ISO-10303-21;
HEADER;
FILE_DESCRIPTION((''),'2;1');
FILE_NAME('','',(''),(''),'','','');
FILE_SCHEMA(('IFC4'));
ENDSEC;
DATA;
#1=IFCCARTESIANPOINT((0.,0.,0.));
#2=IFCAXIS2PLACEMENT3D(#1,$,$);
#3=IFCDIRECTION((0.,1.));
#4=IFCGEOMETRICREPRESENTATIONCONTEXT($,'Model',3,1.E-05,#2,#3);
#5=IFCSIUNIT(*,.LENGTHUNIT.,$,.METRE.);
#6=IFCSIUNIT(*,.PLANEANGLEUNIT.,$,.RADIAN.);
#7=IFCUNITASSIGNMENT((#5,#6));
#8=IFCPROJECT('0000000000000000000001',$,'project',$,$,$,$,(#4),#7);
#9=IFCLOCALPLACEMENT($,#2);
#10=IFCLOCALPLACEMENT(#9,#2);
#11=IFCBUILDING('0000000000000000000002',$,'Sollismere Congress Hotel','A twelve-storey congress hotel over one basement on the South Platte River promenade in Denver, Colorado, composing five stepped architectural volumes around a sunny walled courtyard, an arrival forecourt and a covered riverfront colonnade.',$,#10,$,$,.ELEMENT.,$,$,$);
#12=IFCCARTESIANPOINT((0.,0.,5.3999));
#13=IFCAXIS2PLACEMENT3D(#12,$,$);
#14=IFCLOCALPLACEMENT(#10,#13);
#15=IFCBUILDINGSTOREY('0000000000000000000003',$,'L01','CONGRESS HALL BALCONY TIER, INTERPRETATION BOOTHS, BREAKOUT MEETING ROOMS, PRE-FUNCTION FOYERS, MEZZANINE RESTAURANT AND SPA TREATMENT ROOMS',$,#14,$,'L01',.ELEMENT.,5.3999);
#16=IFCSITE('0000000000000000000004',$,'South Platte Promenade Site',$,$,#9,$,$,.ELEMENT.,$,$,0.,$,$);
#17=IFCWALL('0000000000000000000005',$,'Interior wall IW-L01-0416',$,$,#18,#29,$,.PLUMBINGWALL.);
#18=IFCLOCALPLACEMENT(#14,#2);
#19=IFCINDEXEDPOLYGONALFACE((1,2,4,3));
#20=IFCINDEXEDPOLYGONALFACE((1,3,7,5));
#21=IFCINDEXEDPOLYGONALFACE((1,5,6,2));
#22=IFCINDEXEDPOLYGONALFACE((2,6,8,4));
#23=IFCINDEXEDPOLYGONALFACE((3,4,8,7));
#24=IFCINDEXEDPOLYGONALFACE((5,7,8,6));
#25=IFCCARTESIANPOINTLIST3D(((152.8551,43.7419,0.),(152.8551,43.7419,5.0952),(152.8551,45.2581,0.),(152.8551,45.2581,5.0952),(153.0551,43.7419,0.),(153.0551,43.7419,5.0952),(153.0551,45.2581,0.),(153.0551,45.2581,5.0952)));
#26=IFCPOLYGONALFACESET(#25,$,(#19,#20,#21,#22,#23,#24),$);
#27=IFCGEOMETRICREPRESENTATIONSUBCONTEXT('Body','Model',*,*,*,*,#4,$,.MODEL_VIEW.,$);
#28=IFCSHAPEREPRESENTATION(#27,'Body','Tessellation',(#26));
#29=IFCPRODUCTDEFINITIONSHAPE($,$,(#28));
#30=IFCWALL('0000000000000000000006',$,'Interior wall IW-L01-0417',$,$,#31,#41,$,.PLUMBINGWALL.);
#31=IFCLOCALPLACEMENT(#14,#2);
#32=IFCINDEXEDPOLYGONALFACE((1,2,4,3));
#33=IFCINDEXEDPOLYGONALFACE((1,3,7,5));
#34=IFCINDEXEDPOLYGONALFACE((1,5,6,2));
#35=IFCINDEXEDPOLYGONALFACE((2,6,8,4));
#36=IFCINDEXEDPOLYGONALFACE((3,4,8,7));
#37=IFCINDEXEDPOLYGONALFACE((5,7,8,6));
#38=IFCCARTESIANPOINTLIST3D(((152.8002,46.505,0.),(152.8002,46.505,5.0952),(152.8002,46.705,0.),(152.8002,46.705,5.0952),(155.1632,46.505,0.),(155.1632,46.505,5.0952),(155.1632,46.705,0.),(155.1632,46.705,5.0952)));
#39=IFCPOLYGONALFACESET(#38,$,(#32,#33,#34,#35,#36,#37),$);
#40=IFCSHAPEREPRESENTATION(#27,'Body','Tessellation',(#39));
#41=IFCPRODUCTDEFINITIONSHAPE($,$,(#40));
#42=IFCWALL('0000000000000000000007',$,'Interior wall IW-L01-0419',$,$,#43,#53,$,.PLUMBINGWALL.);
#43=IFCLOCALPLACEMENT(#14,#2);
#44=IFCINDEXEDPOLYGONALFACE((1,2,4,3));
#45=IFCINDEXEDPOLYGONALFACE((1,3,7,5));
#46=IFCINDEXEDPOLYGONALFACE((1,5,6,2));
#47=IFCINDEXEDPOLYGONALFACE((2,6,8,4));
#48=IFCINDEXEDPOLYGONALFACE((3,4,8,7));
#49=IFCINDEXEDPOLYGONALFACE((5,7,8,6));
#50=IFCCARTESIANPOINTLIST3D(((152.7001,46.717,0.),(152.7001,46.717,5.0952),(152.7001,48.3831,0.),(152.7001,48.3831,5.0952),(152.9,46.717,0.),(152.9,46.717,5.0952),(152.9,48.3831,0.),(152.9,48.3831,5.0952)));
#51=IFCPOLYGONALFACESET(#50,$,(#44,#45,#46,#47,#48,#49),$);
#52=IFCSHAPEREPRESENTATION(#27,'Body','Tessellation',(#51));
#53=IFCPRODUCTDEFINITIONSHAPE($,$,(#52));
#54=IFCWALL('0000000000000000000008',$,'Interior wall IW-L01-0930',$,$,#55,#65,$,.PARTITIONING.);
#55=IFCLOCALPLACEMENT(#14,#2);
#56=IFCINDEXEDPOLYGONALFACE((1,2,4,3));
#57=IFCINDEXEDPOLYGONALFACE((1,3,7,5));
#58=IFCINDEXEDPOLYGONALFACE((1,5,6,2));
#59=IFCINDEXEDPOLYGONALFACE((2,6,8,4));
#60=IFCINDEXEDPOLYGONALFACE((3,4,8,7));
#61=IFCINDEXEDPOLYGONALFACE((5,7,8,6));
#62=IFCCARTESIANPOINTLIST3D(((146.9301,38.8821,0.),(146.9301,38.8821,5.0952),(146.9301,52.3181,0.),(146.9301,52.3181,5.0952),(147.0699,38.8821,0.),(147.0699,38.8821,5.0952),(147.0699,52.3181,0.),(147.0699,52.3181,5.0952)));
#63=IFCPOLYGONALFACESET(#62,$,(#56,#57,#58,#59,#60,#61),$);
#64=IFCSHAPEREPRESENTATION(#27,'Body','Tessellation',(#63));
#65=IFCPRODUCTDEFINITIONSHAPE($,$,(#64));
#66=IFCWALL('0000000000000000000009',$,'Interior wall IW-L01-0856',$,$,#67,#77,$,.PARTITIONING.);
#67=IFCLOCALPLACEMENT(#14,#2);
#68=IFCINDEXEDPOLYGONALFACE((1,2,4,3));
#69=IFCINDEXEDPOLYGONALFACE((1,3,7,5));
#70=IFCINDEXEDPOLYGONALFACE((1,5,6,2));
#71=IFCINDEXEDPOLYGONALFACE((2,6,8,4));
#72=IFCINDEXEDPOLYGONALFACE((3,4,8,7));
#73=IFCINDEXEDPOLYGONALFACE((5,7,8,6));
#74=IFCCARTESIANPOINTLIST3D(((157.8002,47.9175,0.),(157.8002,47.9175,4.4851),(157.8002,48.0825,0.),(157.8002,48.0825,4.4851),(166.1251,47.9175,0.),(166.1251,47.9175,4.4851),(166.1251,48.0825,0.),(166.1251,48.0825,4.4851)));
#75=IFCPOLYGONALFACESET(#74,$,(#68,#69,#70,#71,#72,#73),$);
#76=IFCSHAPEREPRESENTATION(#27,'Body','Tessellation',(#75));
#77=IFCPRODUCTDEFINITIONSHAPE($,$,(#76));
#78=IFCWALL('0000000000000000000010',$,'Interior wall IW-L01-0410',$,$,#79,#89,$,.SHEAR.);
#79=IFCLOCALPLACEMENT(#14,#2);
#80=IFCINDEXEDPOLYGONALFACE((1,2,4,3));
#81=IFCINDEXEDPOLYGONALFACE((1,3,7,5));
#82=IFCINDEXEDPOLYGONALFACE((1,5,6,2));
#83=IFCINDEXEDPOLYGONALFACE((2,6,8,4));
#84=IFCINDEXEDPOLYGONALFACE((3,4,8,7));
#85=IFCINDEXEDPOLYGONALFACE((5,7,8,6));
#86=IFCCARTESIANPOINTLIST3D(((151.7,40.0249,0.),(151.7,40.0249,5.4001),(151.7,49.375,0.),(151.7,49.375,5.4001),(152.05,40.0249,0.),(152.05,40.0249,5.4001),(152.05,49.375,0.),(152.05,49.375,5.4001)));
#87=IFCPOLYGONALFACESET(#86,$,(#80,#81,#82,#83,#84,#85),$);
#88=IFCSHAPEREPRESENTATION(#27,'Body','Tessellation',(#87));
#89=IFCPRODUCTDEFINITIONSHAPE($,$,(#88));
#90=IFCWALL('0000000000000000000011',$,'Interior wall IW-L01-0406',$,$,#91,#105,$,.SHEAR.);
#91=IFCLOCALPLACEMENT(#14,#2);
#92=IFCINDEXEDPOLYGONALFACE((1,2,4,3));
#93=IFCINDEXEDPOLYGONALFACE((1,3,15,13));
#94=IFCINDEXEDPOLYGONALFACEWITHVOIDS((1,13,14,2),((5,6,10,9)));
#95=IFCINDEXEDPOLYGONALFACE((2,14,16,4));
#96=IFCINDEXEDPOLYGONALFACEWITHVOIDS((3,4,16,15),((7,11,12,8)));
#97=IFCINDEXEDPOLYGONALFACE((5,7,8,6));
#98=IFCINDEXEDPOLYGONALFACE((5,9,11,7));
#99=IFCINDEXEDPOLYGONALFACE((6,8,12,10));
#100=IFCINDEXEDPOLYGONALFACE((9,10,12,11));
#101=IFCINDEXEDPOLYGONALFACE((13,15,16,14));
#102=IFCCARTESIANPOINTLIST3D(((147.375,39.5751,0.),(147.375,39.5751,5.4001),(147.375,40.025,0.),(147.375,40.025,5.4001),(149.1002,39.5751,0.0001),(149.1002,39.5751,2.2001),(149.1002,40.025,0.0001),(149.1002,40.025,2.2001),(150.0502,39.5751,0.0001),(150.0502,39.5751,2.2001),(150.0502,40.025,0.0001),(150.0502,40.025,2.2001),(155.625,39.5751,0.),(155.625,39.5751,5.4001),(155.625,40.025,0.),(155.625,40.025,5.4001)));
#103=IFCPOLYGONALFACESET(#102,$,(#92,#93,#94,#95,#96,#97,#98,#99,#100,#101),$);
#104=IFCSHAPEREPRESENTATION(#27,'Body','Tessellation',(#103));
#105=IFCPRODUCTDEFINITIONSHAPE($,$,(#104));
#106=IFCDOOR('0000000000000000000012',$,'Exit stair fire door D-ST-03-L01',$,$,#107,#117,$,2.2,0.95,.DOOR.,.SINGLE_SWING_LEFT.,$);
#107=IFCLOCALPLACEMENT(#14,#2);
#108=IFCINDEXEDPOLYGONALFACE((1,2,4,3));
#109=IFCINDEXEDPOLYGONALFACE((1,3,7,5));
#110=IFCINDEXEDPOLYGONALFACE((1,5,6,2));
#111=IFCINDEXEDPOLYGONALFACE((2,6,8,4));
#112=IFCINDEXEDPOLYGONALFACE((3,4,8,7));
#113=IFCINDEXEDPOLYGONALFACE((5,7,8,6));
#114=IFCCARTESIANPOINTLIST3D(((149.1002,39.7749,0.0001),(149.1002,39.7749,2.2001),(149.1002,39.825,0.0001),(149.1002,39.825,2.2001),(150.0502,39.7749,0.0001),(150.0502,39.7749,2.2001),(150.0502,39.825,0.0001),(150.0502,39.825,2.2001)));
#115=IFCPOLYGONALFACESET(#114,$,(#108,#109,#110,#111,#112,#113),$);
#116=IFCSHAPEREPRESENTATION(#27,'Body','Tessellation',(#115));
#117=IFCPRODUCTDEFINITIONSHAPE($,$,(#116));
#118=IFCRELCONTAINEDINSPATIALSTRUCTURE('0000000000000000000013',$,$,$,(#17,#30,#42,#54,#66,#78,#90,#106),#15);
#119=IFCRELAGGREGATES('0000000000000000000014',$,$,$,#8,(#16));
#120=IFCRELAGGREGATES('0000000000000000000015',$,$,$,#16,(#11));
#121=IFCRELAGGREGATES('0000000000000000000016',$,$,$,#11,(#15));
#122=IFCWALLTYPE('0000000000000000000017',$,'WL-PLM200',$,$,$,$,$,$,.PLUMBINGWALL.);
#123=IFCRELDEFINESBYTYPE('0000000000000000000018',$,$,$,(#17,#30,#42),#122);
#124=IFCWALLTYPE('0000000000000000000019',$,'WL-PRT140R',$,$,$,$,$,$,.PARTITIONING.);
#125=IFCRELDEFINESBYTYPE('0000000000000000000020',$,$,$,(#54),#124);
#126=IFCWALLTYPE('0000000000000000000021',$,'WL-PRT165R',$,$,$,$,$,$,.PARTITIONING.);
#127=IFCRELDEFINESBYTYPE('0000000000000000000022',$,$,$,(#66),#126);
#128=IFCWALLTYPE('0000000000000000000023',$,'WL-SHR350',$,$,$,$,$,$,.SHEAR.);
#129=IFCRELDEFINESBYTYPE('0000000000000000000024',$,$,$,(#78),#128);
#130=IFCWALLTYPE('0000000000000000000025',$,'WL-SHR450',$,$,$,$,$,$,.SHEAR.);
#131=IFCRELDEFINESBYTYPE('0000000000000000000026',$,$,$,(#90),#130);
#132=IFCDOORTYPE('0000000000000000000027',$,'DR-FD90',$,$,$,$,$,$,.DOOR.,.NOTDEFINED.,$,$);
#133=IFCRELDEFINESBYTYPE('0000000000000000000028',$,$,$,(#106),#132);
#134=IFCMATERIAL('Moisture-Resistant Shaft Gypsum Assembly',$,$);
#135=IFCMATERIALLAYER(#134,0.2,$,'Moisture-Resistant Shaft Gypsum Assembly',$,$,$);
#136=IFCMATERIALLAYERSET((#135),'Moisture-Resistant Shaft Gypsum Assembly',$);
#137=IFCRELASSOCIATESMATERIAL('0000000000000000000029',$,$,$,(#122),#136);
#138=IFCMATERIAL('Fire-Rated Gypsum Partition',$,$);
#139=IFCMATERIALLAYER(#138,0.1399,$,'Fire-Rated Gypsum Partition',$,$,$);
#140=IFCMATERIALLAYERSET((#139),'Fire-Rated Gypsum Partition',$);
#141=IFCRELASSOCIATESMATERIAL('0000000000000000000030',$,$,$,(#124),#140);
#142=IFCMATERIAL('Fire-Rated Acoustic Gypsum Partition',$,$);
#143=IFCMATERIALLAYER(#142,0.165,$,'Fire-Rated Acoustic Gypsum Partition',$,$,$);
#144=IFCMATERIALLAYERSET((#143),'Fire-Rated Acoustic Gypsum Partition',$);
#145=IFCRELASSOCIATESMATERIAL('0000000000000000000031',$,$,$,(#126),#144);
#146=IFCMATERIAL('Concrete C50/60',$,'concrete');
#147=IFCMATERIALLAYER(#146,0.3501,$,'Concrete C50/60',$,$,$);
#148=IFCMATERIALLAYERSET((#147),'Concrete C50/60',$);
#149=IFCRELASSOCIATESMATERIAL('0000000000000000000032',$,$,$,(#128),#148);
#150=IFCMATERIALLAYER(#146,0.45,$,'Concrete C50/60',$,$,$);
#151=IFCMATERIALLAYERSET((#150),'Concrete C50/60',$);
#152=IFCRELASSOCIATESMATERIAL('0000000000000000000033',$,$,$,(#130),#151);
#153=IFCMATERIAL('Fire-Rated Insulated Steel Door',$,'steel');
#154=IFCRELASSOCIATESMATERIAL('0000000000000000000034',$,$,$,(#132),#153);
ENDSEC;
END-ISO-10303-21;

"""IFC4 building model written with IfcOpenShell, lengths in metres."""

from ifc_helpers import new_model, si_unit, direction, frame, frame_2d, origin, place, context, subcontext, project, spatial, rectangle, extrude, material, layer, layer_set, type_object, element, fill, save


model = new_model("IFC4")

# Units and contexts
model_context = context("Model", 3, precision=1e-05, world=origin(), true_north=direction((0.0, 1.0)))
body_context = subcontext(model_context, "Body", "Model", "MODEL_VIEW")
ifc_project = project(units=[si_unit("LENGTHUNIT", "METRE"), si_unit("PLANEANGLEUNIT", "RADIAN")], contexts=[model_context])

# Site, building, storey
site_placement = place(None, origin())
site = spatial("IfcSite", under=ifc_project, at=site_placement, Name="South Platte Promenade Site", CompositionType="ELEMENT", RefElevation=0.0)
building_placement = place(site_placement, origin())
building = spatial("IfcBuilding", under=site, at=building_placement, Name="Sollismere Congress Hotel", Description="A twelve-storey congress hotel over one basement on the South Platte River promenade in Denver, Colorado, composing five stepped architectural volumes around a sunny walled courtyard, an arrival forecourt and a covered riverfront colonnade.", CompositionType="ELEMENT")
storey_placement = place(building_placement, frame((0.0, 0.0, 5.3999)))
storey = spatial("IfcBuildingStorey", under=building, at=storey_placement, Name="L01", Description="CONGRESS HALL BALCONY TIER, INTERPRETATION BOOTHS, BREAKOUT MEETING ROOMS, PRE-FUNCTION FOYERS, MEZZANINE RESTAURANT AND SPA TREATMENT ROOMS", LongName="L01", CompositionType="ELEMENT", Elevation=5.3999)

# Walls
ifc_material_1 = material(Name="Moisture-Resistant Shaft Gypsum Assembly")
ifc_layer_1 = layer(ifc_material_1, 0.2, Name="Moisture-Resistant Shaft Gypsum Assembly")
ifc_layer_set_1 = layer_set([ifc_layer_1], Name="Moisture-Resistant Shaft Gypsum Assembly")
wall_type_1 = type_object("IfcWallType", Name="WL-PLM200", PredefinedType="PLUMBINGWALL", material=ifc_layer_set_1)
wall_1_placement = place(storey_placement, frame((152.9551, 43.7419, 0.0), z_axis=(0.0, 0.0, 1.0), x_axis=(0.0, 1.0, 0.0)))
element("IfcWall", 1, at=wall_1_placement, inside=storey, type_object=wall_type_1, Name="Interior wall IW-L01-0416", PredefinedType="PLUMBINGWALL", context=body_context, shape_type="SweptSolid", body=[
    extrude(rectangle(XDim=1.5161, YDim=0.2, at=frame_2d((0.7581, 0.0))), origin(), (0.0, 0.0, 1.0), 5.0952),
])
wall_2_placement = place(storey_placement, frame((152.8, 46.605, 0.0), z_axis=(0.0, 0.0, 1.0), x_axis=(1.0, 0.0, 0.0)))
element("IfcWall", 2, at=wall_2_placement, inside=storey, type_object=wall_type_1, Name="Interior wall IW-L01-0417", PredefinedType="PLUMBINGWALL", context=body_context, shape_type="SweptSolid", body=[
    extrude(rectangle(XDim=2.363, YDim=0.2, at=frame_2d((1.1816, 0.0))), origin(), (0.0, 0.0, 1.0), 5.0952),
])
wall_3_placement = place(storey_placement, frame((152.8, 46.717, 0.0), z_axis=(0.0, 0.0, 1.0), x_axis=(0.0, 1.0, 0.0)))
element("IfcWall", 3, at=wall_3_placement, inside=storey, type_object=wall_type_1, Name="Interior wall IW-L01-0419", PredefinedType="PLUMBINGWALL", context=body_context, shape_type="SweptSolid", body=[
    extrude(rectangle(XDim=1.666, YDim=0.2, at=frame_2d((0.833, 0.0))), origin(), (0.0, 0.0, 1.0), 5.0952),
])
ifc_material_2 = material(Name="Fire-Rated Gypsum Partition")
ifc_layer_2 = layer(ifc_material_2, 0.1399, Name="Fire-Rated Gypsum Partition")
ifc_layer_set_2 = layer_set([ifc_layer_2], Name="Fire-Rated Gypsum Partition")
wall_type_2 = type_object("IfcWallType", Name="WL-PRT140R", PredefinedType="PARTITIONING", material=ifc_layer_set_2)
wall_4_placement = place(storey_placement, frame((147.0, 38.8821, 0.0), z_axis=(0.0, 0.0, 1.0), x_axis=(0.0, 1.0, 0.0)))
element("IfcWall", 4, at=wall_4_placement, inside=storey, type_object=wall_type_2, Name="Interior wall IW-L01-0930", PredefinedType="PARTITIONING", context=body_context, shape_type="SweptSolid", body=[
    extrude(rectangle(XDim=13.436, YDim=0.1399, at=frame_2d((6.718, 0.0))), origin(), (0.0, 0.0, 1.0), 5.0952),
])
ifc_material_3 = material(Name="Fire-Rated Acoustic Gypsum Partition")
ifc_layer_3 = layer(ifc_material_3, 0.165, Name="Fire-Rated Acoustic Gypsum Partition")
ifc_layer_set_3 = layer_set([ifc_layer_3], Name="Fire-Rated Acoustic Gypsum Partition")
wall_type_3 = type_object("IfcWallType", Name="WL-PRT165R", PredefinedType="PARTITIONING", material=ifc_layer_set_3)
wall_5_placement = place(storey_placement, frame((157.8, 48.0, 0.0), z_axis=(0.0, 0.0, 1.0), x_axis=(1.0, 0.0, 0.0)))
element("IfcWall", 5, at=wall_5_placement, inside=storey, type_object=wall_type_3, Name="Interior wall IW-L01-0856", PredefinedType="PARTITIONING", context=body_context, shape_type="SweptSolid", body=[
    extrude(rectangle(XDim=8.325, YDim=0.165, at=frame_2d((4.1626, 0.0))), origin(), (0.0, 0.0, 1.0), 4.4851),
])
ifc_material_4 = material(Name="Concrete C50/60", Category="concrete")
ifc_layer_4 = layer(ifc_material_4, 0.3501, Name="Concrete C50/60")
ifc_layer_set_4 = layer_set([ifc_layer_4], Name="Concrete C50/60")
wall_type_4 = type_object("IfcWallType", Name="WL-SHR350", PredefinedType="SHEAR", material=ifc_layer_set_4)
wall_6_placement = place(storey_placement, frame((151.875, 40.0249, 0.0), z_axis=(0.0, 0.0, 1.0), x_axis=(0.0, 1.0, 0.0)))
element("IfcWall", 6, at=wall_6_placement, inside=storey, type_object=wall_type_4, Name="Interior wall IW-L01-0410", PredefinedType="SHEAR", context=body_context, shape_type="SweptSolid", body=[
    extrude(rectangle(XDim=9.3501, YDim=0.3501, at=frame_2d((4.675, 0.0))), origin(), (0.0, 0.0, 1.0), 5.4001),
])

# Wall, opening, door
ifc_layer_5 = layer(ifc_material_4, 0.45, Name="Concrete C50/60")
ifc_layer_set_5 = layer_set([ifc_layer_5], Name="Concrete C50/60")
wall_type_5 = type_object("IfcWallType", Name="WL-SHR450", PredefinedType="SHEAR", material=ifc_layer_set_5)
wall_7_placement = place(storey_placement, frame((147.375, 39.8, 0.0), z_axis=(0.0, 0.0, 1.0), x_axis=(1.0, 0.0, 0.0)))
wall_7 = element("IfcWall", 7, at=wall_7_placement, inside=storey, type_object=wall_type_5, Name="Interior wall IW-L01-0406", PredefinedType="SHEAR", context=body_context, shape_type="SweptSolid", body=[
    extrude(rectangle(XDim=8.25, YDim=0.45, at=frame_2d((4.125, 0.0))), origin(), (0.0, 0.0, 1.0), 5.4001),
])
opening_1_placement = place(wall_7_placement, frame((1.7251, 0.0, 0.0)))
opening_1 = element("IfcOpeningElement", 8, at=opening_1_placement, cuts=wall_7, PredefinedType="OPENING", context=body_context, shape_type="SweptSolid", body=[
    extrude(rectangle(XDim=0.95, YDim=2.2, at=frame_2d((0.4751, 1.1001))), frame((0.0, 0.2349, 0.0), z_axis=(0.0, -1.0, 0.0), x_axis=(1.0, 0.0, 0.0)), (0.0, 0.0, 1.0), 0.47),
])
ifc_material_5 = material(Name="Fire-Rated Insulated Steel Door", Category="steel")
door_type_1 = type_object("IfcDoorType", Name="DR-FD90", OperationType="NOTDEFINED", PredefinedType="DOOR", material=ifc_material_5)
door_1_placement = place(opening_1_placement, origin())
door_1 = element("IfcDoor", 9, at=door_1_placement, inside=storey, type_object=door_type_1, Name="Exit stair fire door D-ST-03-L01", OperationType="SINGLE_SWING_LEFT", OverallHeight=2.2, OverallWidth=0.95, PredefinedType="DOOR", context=body_context, shape_type="SweptSolid", body=[
    extrude(rectangle(XDim=0.95, YDim=2.2, at=frame_2d((0.4751, 1.1001))), frame((0.0, 0.0249, 0.0), z_axis=(0.0, -1.0, 0.0), x_axis=(1.0, 0.0, 0.0)), (0.0, 0.0, 1.0), 0.05),
])
fill(opening_1, door_1)

save(model, "model.ifc")
